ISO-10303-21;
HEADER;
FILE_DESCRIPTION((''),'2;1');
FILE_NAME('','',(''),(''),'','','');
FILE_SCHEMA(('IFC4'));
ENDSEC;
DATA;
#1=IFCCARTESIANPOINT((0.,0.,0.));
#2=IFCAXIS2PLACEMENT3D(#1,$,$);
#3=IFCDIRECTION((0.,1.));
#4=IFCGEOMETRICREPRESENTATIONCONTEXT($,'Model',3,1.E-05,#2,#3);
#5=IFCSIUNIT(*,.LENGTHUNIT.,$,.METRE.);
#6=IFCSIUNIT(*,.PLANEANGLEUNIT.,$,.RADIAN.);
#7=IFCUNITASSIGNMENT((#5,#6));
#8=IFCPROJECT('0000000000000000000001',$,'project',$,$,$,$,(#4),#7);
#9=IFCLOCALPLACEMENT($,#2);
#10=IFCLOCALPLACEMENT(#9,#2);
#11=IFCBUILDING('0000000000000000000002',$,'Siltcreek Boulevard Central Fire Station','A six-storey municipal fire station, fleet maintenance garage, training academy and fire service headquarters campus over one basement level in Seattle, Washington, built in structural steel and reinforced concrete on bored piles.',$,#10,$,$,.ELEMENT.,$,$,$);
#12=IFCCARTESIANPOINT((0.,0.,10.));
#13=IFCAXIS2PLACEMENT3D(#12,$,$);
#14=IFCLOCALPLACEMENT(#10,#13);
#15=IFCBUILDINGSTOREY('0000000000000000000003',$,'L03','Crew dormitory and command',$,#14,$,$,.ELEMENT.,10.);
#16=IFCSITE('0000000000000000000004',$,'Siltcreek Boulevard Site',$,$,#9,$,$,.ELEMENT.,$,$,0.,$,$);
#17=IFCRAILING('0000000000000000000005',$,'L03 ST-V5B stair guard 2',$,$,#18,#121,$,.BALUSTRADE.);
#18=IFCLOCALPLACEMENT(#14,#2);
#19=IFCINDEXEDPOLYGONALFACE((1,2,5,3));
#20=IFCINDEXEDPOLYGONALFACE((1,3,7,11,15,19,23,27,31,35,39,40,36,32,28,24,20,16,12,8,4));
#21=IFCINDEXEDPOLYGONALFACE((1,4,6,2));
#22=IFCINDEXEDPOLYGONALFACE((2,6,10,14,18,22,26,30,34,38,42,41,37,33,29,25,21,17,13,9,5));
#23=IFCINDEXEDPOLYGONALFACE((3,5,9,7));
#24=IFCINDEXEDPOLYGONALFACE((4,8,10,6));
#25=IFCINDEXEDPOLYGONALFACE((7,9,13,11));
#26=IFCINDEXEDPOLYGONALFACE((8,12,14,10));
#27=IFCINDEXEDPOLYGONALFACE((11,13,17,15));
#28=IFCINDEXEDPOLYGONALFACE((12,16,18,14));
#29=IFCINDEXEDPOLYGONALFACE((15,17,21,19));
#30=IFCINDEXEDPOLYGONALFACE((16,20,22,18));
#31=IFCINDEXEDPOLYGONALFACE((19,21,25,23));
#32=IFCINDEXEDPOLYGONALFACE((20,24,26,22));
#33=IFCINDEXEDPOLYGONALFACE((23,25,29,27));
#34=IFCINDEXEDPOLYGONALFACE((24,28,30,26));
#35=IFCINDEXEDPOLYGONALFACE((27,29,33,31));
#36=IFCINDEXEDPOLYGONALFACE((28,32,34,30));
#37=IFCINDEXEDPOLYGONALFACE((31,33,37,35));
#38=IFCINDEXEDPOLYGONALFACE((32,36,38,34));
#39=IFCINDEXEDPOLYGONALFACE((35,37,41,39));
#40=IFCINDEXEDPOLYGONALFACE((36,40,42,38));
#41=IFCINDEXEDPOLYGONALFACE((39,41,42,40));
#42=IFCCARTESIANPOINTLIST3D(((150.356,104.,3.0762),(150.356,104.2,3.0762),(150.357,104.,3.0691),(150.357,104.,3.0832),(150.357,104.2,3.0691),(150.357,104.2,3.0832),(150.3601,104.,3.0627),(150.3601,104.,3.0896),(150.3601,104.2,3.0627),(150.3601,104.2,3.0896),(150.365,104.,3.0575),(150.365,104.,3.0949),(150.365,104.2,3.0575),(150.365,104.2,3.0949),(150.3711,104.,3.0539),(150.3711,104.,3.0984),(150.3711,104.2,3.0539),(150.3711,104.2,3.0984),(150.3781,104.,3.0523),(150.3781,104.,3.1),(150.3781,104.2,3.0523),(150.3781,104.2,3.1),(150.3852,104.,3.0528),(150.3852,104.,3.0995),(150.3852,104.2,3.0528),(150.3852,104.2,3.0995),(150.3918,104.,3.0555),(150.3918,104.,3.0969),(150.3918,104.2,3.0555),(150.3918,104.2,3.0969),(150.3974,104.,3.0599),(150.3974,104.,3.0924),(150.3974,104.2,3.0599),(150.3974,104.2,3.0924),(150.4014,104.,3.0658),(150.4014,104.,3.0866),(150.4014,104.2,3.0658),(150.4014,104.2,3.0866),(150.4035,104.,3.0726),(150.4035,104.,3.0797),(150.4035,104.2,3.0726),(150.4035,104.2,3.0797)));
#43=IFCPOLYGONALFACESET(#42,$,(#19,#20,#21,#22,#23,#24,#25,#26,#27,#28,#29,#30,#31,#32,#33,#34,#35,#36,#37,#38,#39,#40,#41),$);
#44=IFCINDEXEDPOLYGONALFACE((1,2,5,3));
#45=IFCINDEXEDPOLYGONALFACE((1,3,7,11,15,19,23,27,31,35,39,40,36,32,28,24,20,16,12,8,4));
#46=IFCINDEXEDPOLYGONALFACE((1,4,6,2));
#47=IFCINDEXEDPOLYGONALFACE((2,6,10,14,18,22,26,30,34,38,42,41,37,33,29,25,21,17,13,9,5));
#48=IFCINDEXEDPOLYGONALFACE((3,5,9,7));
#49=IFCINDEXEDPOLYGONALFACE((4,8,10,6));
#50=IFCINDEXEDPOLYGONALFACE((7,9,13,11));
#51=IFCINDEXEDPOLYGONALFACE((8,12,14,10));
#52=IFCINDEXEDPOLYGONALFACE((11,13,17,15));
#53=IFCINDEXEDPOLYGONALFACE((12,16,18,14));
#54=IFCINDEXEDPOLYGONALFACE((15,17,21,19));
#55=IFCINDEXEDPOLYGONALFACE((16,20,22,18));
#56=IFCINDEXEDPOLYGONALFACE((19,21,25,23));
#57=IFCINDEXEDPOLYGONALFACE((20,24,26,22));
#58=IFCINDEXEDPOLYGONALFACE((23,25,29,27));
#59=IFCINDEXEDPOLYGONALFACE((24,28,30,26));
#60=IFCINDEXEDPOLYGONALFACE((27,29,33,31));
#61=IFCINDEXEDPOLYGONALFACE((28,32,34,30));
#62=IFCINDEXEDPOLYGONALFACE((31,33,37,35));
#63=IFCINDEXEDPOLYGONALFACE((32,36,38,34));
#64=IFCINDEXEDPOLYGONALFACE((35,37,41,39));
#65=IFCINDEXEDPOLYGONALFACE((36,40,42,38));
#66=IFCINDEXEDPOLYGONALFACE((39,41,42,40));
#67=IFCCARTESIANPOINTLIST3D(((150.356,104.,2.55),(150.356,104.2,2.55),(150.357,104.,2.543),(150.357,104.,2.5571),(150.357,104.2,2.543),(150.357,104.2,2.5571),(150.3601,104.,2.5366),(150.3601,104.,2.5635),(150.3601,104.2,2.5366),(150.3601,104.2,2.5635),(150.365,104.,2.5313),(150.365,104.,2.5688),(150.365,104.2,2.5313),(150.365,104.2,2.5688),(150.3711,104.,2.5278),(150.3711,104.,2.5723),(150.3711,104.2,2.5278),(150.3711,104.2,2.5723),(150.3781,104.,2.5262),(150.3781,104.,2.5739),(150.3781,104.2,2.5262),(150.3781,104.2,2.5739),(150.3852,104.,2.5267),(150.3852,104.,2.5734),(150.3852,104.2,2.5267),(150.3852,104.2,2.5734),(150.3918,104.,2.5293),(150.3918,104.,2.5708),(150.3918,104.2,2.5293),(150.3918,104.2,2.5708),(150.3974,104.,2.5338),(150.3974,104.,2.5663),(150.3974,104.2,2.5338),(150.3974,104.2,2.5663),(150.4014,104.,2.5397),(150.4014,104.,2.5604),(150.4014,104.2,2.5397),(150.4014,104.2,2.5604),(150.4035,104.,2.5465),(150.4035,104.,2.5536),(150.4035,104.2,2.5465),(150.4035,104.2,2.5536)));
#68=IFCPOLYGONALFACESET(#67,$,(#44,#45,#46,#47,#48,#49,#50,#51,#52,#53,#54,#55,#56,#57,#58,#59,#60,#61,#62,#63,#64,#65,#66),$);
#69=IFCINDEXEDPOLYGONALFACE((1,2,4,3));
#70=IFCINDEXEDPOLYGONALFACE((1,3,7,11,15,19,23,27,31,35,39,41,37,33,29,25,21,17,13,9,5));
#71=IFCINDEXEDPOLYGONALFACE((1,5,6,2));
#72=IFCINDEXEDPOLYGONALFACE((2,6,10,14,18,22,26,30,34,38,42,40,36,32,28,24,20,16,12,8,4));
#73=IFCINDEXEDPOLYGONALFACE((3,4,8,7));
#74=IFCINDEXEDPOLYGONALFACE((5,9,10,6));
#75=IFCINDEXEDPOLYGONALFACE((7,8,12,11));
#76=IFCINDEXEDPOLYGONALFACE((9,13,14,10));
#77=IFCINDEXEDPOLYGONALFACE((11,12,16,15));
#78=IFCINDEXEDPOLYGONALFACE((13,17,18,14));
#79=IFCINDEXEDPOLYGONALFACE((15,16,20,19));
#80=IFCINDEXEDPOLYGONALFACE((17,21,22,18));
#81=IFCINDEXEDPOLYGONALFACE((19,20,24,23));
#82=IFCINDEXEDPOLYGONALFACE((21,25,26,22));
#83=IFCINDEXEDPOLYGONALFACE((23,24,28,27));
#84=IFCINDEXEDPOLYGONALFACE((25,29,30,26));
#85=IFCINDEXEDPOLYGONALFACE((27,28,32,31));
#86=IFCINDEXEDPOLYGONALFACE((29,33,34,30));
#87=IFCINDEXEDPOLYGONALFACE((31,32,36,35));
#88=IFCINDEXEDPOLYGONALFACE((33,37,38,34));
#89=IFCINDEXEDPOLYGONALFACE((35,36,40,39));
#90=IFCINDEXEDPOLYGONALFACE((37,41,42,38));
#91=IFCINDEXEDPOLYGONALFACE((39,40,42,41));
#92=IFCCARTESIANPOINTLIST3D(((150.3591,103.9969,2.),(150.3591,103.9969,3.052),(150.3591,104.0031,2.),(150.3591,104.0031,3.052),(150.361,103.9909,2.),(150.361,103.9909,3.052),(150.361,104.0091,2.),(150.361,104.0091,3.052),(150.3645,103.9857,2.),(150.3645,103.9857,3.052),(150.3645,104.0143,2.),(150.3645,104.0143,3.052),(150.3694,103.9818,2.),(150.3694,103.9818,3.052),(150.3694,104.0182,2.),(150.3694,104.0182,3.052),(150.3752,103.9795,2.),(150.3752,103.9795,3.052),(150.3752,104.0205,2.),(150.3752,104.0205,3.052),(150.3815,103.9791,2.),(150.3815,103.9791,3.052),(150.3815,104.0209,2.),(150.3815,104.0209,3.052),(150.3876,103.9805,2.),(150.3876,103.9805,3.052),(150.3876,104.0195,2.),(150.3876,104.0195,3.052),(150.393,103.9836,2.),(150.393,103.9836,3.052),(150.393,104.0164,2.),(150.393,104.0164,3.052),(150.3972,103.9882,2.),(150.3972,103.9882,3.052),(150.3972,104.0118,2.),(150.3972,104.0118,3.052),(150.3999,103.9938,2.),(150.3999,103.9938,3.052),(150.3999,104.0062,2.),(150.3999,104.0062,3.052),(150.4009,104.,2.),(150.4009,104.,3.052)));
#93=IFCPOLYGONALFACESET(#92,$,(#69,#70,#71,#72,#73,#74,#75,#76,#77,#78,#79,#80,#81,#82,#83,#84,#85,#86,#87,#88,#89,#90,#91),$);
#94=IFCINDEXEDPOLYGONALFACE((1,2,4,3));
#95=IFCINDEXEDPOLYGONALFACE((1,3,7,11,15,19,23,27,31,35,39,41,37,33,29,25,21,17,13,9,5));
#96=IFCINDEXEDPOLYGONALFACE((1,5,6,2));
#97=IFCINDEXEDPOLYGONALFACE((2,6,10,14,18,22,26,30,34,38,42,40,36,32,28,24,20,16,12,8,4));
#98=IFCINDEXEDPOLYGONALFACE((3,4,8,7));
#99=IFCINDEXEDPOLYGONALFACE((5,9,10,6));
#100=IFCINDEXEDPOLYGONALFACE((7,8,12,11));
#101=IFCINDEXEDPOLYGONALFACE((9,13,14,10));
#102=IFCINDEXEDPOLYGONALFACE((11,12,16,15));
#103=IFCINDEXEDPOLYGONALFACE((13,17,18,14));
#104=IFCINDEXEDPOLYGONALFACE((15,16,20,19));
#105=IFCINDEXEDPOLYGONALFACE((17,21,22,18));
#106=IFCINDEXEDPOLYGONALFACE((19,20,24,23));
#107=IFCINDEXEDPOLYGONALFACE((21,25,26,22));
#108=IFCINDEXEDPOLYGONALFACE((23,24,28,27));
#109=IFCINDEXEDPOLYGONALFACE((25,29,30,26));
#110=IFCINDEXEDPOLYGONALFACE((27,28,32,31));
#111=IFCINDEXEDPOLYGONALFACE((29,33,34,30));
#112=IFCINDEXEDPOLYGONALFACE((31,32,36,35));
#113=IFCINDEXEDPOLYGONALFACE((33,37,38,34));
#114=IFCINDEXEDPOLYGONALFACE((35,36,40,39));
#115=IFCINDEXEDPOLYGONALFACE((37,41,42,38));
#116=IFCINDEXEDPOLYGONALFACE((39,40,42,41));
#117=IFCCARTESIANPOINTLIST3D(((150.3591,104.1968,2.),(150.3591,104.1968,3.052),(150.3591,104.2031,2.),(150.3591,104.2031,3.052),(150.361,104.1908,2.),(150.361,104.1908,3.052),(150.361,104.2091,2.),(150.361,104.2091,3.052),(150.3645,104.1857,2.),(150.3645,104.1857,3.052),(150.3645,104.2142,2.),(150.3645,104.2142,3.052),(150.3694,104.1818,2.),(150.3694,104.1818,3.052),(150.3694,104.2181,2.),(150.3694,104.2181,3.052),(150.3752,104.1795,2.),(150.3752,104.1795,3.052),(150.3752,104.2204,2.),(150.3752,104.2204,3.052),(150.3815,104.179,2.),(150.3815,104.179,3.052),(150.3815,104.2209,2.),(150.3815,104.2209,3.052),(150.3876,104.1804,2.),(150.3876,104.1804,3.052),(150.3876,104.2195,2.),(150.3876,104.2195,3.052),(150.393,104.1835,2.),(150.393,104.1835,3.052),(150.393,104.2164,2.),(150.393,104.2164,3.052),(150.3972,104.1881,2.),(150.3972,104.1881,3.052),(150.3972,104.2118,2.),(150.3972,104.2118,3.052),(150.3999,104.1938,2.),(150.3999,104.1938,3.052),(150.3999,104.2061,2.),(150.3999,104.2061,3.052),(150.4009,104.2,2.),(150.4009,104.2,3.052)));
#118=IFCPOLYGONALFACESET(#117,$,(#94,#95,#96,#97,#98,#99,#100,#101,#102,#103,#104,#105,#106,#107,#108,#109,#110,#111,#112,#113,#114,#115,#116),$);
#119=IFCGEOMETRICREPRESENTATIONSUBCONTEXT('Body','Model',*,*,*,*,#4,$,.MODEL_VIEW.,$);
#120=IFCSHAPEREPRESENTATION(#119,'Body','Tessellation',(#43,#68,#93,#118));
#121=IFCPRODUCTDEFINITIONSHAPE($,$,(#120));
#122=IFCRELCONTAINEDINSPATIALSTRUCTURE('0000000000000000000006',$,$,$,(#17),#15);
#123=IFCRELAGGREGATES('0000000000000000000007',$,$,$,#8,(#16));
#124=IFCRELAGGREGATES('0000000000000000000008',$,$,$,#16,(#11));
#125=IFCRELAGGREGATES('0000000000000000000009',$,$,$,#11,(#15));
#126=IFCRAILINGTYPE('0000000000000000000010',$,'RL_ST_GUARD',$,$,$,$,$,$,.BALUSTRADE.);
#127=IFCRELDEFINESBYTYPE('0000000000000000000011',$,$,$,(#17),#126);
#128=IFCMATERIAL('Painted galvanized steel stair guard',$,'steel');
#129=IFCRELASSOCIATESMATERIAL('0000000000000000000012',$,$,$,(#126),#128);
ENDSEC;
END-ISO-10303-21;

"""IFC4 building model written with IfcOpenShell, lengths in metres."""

from ifc_helpers import new_model, si_unit, direction, frame, origin, origin_2d, place, context, subcontext, project, spatial, circle, extrude, material, type_object, element, save


model = new_model("IFC4")

# Units and contexts
model_context = context("Model", 3, precision=1e-05, world=origin(), true_north=direction((0.0, 1.0)))
body_context = subcontext(model_context, "Body", "Model", "MODEL_VIEW")
ifc_project = project(units=[si_unit("LENGTHUNIT", "METRE"), si_unit("PLANEANGLEUNIT", "RADIAN")], contexts=[model_context])

# Site, building, storey
site_placement = place(None, origin())
site = spatial("IfcSite", under=ifc_project, at=site_placement, Name="Siltcreek Boulevard Site", CompositionType="ELEMENT", RefElevation=0.0)
building_placement = place(site_placement, origin())
building = spatial("IfcBuilding", under=site, at=building_placement, Name="Siltcreek Boulevard Central Fire Station", Description="A six-storey municipal fire station, fleet maintenance garage, training academy and fire service headquarters campus over one basement level in Seattle, Washington, built in structural steel and reinforced concrete on bored piles.", CompositionType="ELEMENT")
storey_placement = place(building_placement, frame((0.0, 0.0, 10.0)))
storey = spatial("IfcBuildingStorey", under=building, at=storey_placement, Name="L03", Description="Crew dormitory and command", CompositionType="ELEMENT", Elevation=10.0)

# Railing
ifc_material_1 = material(Name="Painted galvanized steel stair guard", Category="steel")
railing_type_1 = type_object("IfcRailingType", Name="RL_ST_GUARD", PredefinedType="BALUSTRADE", material=ifc_material_1)
railing_1_placement = place(storey_placement, frame((150.3799, 104.0, 2.0)))
element("IfcRailing", 1, at=railing_1_placement, inside=storey, type_object=railing_type_1, Name="L03 ST-V5B stair guard 2", PredefinedType="BALUSTRADE", context=body_context, shape_type="SweptSolid", body=[
    extrude(circle(Radius=0.0239, at=origin_2d()), frame((0.0, 0.0, 1.0762), z_axis=(0.0, 1.0, 0.0), x_axis=(-1.0, 0.0, 0.0)), (0.0, 0.0, 1.0), 0.2),
    extrude(circle(Radius=0.0239, at=origin_2d()), frame((0.0, 0.0, 0.55), z_axis=(0.0, 1.0, 0.0), x_axis=(-1.0, 0.0, 0.0)), (0.0, 0.0, 1.0), 0.2),
    extrude(circle(Radius=0.021, at=origin_2d()), origin(), (0.0, 0.0, 1.0), 1.052),
    extrude(circle(Radius=0.021, at=origin_2d()), frame((0.0, 0.2, 0.0)), (0.0, 0.0, 1.0), 1.052),
])

save(model, "model.ifc")
